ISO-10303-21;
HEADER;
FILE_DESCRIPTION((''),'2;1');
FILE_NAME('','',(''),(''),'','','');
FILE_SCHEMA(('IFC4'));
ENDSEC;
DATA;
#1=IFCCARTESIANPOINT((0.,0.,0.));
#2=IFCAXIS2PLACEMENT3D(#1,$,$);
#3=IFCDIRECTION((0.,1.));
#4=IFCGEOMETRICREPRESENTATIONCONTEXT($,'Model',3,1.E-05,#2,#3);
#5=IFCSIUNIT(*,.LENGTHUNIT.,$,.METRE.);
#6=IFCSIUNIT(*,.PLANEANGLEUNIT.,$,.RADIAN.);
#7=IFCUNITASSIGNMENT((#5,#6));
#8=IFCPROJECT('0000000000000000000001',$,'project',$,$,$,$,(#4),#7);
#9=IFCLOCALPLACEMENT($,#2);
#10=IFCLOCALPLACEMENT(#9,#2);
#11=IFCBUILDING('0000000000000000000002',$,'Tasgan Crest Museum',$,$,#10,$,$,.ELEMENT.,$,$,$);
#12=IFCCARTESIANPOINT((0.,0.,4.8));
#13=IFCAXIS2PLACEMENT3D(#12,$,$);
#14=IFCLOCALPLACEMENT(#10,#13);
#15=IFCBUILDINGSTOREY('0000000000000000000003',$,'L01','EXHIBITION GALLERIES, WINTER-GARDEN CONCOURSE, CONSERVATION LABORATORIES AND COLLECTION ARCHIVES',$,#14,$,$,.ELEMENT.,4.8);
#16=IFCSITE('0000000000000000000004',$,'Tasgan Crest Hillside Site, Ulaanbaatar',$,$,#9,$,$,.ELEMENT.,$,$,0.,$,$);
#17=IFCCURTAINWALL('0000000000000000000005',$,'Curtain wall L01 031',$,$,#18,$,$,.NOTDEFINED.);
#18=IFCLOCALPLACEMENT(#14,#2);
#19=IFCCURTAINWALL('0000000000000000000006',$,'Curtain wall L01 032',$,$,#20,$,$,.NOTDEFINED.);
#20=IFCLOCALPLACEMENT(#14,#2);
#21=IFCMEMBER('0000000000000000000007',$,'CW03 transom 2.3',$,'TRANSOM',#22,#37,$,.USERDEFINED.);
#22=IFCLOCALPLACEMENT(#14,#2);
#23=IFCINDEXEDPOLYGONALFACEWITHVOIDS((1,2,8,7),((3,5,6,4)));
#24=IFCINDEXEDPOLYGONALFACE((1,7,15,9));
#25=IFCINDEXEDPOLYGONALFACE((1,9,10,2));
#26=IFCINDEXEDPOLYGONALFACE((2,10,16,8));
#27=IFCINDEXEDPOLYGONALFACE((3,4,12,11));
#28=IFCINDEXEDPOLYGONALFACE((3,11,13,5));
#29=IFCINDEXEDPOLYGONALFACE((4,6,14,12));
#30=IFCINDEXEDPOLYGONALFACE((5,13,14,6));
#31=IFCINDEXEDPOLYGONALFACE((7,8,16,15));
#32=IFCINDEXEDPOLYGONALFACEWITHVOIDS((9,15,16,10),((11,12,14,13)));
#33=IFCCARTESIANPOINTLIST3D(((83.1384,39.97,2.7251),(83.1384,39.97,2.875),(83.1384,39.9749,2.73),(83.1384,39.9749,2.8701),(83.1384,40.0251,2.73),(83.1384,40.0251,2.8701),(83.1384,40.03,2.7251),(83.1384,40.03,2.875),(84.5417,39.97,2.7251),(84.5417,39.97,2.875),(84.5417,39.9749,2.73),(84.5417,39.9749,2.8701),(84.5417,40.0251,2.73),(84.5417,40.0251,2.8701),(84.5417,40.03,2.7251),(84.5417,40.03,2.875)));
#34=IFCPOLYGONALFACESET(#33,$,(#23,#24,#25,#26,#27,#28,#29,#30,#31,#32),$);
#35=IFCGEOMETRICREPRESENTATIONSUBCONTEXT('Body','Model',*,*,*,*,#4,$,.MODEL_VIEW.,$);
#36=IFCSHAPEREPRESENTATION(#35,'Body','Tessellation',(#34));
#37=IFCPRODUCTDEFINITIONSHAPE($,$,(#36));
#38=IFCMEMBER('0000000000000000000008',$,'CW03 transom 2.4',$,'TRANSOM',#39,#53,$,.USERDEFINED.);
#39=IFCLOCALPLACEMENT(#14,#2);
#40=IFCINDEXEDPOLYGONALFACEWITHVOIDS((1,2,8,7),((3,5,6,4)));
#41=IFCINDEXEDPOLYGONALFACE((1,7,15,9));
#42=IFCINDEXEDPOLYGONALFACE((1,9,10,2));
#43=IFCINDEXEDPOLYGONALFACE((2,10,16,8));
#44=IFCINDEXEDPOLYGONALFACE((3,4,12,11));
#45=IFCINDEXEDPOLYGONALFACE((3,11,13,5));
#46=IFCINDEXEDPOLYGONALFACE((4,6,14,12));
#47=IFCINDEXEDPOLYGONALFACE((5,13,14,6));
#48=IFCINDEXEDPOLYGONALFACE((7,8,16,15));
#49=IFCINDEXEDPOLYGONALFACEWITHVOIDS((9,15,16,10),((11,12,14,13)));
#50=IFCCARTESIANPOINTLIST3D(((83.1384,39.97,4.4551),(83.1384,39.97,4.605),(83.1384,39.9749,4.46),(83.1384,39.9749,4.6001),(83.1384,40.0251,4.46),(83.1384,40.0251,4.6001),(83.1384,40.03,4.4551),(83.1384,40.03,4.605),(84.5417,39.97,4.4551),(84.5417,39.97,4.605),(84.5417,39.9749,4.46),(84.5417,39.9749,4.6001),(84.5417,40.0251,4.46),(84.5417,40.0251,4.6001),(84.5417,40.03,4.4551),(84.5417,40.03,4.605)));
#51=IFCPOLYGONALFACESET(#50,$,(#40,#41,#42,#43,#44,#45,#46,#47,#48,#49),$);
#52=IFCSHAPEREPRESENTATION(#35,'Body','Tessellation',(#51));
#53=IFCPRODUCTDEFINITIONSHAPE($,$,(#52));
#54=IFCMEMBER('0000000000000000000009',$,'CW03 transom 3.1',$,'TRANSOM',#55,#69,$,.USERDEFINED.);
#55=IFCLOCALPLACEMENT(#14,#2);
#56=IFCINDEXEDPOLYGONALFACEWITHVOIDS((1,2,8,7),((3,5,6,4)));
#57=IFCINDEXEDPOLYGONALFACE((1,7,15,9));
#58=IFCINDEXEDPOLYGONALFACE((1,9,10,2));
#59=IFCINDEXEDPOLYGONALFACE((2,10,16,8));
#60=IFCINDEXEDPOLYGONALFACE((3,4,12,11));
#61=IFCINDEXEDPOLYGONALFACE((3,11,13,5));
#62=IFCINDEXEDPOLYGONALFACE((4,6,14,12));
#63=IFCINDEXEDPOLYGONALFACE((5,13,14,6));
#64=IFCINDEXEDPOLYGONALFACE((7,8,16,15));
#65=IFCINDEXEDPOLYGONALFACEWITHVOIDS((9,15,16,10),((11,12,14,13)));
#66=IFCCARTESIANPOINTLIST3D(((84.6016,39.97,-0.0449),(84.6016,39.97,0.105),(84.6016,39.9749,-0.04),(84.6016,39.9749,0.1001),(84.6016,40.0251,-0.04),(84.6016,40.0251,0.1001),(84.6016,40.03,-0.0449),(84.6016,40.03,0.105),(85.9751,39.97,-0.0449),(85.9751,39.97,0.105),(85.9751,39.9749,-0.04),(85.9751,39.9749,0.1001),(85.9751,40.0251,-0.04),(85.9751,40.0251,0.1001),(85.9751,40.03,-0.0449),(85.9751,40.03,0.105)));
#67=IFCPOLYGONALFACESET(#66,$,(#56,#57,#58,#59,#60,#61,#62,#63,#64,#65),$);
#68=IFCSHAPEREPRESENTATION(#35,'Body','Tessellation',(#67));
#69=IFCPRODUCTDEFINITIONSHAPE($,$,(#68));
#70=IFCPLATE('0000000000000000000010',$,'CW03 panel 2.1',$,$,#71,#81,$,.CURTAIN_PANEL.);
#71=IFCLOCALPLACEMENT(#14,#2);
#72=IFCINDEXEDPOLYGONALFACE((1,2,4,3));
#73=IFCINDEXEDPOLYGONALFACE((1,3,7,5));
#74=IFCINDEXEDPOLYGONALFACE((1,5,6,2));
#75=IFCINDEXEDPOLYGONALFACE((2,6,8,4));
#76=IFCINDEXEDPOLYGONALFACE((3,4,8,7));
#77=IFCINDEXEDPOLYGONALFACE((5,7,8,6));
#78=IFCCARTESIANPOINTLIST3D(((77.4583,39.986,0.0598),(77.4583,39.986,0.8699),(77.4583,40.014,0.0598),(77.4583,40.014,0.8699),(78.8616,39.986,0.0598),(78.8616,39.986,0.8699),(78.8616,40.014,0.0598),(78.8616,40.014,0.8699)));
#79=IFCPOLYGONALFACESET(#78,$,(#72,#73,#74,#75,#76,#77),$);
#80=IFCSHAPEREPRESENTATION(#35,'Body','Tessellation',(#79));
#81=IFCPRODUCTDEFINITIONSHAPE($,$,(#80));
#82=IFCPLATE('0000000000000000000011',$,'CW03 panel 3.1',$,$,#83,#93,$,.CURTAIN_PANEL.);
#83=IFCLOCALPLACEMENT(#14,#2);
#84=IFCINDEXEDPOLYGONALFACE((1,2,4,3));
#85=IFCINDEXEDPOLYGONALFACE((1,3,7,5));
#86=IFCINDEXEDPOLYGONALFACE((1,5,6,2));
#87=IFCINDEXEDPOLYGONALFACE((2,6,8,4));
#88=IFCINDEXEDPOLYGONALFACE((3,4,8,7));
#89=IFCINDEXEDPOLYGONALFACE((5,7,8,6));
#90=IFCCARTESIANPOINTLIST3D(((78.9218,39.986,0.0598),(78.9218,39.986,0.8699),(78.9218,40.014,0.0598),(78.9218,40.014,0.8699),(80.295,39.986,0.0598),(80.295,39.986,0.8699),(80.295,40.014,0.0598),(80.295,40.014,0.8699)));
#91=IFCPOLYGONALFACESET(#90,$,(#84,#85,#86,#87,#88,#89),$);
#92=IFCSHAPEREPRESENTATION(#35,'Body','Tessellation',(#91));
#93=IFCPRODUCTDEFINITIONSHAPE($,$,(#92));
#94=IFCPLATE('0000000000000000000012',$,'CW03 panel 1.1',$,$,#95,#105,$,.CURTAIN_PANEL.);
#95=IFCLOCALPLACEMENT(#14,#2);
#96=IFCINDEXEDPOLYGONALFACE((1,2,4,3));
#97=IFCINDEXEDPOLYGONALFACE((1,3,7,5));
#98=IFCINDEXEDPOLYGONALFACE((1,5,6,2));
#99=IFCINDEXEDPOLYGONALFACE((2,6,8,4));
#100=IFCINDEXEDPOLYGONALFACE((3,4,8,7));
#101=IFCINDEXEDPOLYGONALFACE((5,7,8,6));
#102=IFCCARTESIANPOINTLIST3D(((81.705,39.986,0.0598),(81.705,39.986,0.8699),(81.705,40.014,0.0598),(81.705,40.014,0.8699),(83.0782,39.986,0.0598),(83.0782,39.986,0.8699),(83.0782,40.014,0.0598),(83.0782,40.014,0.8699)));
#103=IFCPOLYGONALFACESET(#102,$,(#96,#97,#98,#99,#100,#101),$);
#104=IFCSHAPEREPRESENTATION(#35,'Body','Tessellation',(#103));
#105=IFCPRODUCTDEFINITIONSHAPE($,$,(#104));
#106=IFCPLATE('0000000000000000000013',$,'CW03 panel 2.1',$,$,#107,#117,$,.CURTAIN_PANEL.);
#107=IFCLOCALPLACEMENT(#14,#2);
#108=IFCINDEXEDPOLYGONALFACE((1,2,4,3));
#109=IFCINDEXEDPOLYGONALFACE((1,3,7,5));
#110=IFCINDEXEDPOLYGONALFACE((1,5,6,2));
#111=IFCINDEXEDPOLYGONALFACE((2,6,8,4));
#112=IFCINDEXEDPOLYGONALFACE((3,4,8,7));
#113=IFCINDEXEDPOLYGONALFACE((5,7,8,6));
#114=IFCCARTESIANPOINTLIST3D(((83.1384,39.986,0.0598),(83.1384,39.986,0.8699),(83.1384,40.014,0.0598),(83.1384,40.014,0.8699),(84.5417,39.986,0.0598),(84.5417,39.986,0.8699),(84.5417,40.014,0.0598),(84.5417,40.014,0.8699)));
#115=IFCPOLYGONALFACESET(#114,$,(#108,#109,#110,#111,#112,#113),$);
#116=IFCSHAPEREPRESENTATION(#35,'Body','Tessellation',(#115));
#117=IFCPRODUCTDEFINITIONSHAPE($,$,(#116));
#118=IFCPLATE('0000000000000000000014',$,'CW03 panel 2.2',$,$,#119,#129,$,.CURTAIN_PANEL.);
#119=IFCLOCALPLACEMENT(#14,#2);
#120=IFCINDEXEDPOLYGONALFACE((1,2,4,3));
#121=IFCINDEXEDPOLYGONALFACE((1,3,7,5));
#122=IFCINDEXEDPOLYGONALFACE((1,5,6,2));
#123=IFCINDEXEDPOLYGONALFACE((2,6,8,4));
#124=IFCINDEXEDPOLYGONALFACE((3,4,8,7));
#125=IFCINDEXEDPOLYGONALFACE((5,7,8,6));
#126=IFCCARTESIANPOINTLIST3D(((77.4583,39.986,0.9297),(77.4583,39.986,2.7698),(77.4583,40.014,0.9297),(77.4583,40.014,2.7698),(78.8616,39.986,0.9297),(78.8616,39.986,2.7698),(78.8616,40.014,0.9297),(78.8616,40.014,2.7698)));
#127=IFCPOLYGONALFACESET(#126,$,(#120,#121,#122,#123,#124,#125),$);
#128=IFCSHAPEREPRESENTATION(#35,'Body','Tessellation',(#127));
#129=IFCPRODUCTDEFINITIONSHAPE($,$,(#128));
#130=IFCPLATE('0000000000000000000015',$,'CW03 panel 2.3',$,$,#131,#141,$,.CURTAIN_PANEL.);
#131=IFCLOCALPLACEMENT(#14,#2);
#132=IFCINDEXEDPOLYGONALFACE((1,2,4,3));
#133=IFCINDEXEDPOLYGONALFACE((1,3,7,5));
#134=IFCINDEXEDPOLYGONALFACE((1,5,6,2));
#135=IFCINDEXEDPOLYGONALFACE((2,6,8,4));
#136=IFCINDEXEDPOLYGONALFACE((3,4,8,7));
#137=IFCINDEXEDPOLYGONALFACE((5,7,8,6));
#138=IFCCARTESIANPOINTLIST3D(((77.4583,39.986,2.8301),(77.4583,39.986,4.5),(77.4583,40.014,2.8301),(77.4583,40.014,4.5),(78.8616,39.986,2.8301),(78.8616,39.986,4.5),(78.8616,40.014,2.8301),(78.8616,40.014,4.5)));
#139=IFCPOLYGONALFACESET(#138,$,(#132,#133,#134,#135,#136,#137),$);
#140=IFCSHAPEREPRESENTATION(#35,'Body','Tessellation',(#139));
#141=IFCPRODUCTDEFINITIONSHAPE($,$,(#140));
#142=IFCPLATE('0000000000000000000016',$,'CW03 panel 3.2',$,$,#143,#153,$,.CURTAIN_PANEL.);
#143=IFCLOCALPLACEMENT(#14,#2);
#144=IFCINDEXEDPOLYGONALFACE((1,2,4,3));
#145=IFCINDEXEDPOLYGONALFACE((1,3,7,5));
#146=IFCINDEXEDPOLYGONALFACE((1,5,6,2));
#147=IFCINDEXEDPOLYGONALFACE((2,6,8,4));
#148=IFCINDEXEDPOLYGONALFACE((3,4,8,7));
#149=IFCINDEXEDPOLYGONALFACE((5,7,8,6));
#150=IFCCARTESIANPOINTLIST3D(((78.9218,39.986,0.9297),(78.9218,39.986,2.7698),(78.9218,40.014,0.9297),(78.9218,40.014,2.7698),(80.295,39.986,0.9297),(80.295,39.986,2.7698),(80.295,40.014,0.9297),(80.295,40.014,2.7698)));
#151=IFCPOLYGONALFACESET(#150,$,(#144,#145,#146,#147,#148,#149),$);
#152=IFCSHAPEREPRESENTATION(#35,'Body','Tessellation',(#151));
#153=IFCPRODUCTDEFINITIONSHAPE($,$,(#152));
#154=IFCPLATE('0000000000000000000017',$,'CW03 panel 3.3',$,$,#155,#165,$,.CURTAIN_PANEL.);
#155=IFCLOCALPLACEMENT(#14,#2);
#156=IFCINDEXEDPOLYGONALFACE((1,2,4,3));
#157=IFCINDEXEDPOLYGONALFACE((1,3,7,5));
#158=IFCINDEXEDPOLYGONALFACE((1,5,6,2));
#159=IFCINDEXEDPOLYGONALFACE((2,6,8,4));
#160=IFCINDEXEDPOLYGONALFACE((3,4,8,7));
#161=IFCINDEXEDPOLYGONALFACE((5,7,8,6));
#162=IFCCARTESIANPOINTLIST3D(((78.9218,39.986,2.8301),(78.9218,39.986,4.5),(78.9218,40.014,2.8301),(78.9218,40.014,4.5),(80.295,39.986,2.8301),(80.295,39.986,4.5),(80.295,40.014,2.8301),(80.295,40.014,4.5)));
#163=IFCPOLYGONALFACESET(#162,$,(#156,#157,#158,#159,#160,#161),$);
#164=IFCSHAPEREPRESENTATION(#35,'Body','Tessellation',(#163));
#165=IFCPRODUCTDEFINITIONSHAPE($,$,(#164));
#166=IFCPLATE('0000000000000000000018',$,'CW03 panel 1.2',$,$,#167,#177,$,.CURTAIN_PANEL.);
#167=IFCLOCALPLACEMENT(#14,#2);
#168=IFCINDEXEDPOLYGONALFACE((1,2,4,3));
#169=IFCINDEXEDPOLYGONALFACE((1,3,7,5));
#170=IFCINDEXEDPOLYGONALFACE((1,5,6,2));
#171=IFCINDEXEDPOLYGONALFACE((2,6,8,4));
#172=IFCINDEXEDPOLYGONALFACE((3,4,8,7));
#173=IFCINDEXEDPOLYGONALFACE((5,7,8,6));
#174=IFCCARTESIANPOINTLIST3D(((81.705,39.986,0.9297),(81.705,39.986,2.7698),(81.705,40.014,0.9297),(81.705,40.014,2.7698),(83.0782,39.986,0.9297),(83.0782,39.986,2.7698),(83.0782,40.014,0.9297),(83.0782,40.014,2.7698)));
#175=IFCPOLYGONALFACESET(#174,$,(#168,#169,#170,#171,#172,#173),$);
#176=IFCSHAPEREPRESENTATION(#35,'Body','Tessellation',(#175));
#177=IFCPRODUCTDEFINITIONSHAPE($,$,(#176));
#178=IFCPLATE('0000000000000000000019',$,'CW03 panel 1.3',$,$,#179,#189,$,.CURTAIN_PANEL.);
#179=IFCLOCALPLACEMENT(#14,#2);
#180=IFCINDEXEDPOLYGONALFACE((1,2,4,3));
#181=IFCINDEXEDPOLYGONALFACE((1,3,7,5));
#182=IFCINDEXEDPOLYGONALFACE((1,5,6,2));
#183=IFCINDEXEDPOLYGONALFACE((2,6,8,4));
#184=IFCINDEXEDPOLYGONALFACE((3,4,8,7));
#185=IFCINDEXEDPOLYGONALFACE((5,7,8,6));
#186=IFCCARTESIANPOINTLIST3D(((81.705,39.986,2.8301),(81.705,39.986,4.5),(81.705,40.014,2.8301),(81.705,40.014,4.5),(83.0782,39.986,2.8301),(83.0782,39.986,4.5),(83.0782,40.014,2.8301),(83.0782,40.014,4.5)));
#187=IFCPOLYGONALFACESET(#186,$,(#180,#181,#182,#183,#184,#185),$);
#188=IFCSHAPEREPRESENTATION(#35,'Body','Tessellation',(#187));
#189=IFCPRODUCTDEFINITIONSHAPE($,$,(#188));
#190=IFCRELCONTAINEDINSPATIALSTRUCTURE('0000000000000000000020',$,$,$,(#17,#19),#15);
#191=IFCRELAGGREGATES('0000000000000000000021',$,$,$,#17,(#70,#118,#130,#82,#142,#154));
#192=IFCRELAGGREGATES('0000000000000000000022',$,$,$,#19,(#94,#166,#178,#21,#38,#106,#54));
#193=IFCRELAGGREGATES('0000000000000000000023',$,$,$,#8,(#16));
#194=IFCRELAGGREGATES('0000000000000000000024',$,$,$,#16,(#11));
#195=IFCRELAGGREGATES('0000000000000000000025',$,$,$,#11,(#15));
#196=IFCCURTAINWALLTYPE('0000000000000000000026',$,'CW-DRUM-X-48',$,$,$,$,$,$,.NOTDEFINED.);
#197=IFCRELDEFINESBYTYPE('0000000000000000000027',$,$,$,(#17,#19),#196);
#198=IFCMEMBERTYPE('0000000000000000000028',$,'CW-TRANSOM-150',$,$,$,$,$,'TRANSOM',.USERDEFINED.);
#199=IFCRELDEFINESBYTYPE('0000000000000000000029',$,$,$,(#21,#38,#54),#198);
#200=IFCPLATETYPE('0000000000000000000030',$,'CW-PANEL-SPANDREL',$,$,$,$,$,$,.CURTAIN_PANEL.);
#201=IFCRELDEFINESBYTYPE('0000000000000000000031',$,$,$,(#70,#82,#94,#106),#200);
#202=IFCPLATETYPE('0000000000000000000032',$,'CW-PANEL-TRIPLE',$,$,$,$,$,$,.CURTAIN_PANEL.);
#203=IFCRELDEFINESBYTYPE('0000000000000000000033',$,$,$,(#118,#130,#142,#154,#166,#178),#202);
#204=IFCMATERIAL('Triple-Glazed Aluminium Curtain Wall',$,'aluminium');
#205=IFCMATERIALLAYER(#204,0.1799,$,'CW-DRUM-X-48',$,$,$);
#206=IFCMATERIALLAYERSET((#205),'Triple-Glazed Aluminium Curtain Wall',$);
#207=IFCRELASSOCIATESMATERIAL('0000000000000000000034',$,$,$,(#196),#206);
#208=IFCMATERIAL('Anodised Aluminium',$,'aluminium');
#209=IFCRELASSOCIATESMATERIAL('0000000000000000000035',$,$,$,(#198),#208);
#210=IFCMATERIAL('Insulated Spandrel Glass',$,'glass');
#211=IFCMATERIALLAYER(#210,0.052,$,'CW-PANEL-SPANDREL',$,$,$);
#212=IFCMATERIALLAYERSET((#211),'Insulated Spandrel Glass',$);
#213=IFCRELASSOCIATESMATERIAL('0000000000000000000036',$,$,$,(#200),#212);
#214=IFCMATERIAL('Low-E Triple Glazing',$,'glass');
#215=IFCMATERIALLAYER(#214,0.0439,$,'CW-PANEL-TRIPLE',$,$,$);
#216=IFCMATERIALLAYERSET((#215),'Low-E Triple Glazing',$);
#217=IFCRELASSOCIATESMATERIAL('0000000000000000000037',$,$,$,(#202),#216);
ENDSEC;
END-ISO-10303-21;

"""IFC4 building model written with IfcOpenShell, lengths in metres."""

from ifc_helpers import new_model, si_unit, direction, frame, origin, origin_2d, place, context, subcontext, project, spatial, rectangle, hollow_rectangle, extrude, material, layer, layer_set, material_profile, profile_set, type_object, element, aggregate, save


model = new_model("IFC4")

# Units and contexts
model_context = context("Model", 3, precision=1e-05, world=origin(), true_north=direction((0.0, 1.0)))
body_context = subcontext(model_context, "Body", "Model", "MODEL_VIEW")
ifc_project = project(units=[si_unit("LENGTHUNIT", "METRE"), si_unit("PLANEANGLEUNIT", "RADIAN")], contexts=[model_context])

# Site, building, storey
site_placement = place(None, origin())
site = spatial("IfcSite", under=ifc_project, at=site_placement, Name="Tasgan Crest Hillside Site, Ulaanbaatar", CompositionType="ELEMENT", RefElevation=0.0)
building_placement = place(site_placement, origin())
building = spatial("IfcBuilding", under=site, at=building_placement, Name="Tasgan Crest Museum", CompositionType="ELEMENT")
storey_placement = place(building_placement, frame((0.0, 0.0, 4.8)))
storey = spatial("IfcBuildingStorey", under=building, at=storey_placement, Name="L01", Description="EXHIBITION GALLERIES, WINTER-GARDEN CONCOURSE, CONSERVATION LABORATORIES AND COLLECTION ARCHIVES", CompositionType="ELEMENT", Elevation=4.8)

# Curtain walls
ifc_material_1 = material(Name="Triple-Glazed Aluminium Curtain Wall", Category="aluminium")
ifc_layer_1 = layer(ifc_material_1, 0.1799, Name="CW-DRUM-X-48")
ifc_layer_set_1 = layer_set([ifc_layer_1], Name="Triple-Glazed Aluminium Curtain Wall")
curtain_wall_type = type_object("IfcCurtainWallType", Name="CW-DRUM-X-48", PredefinedType="NOTDEFINED", material=ifc_layer_set_1)
curtain_wall_1_placement = place(storey_placement, origin())
curtain_wall_1 = element("IfcCurtainWall", 1, at=curtain_wall_1_placement, inside=storey, type_object=curtain_wall_type, Name="Curtain wall L01 031", PredefinedType="NOTDEFINED")
curtain_wall_2_placement = place(storey_placement, origin())
curtain_wall_2 = element("IfcCurtainWall", 2, at=curtain_wall_2_placement, inside=storey, type_object=curtain_wall_type, Name="Curtain wall L01 032", PredefinedType="NOTDEFINED")

# Members
ifc_material_2 = material(Name="Anodised Aluminium", Category="aluminium")
ifc_material_profile_1 = material_profile(ifc_material_2, hollow_rectangle(XDim=0.0601, YDim=0.1499, WallThickness=0.0049, at=origin_2d()), Name="ALU TRANSOM 150x60x5")
ifc_profile_set_1 = profile_set([ifc_material_profile_1], Name="Anodised Aluminium")
member_type_1 = type_object("IfcMemberType", Name="CW-TRANSOM-150", ElementType="TRANSOM", PredefinedType="USERDEFINED", material=ifc_profile_set_1)
member_1_placement = place(storey_placement, frame((83.1384, 40.0, 2.8), z_axis=(1.0, 0.0, 0.0), x_axis=(0.0, 1.0, 0.0)))
member_1 = element("IfcMember", 3, at=member_1_placement, type_object=member_type_1, Name="CW03 transom 2.3", ObjectType="TRANSOM", PredefinedType="USERDEFINED", context=body_context, shape_type="SweptSolid", body=[
    extrude(hollow_rectangle(XDim=0.0601, YDim=0.1499, WallThickness=0.0049, at=origin_2d()), origin(), (0.0, 0.0, 1.0), 1.4033),
])
member_2_placement = place(storey_placement, frame((83.1384, 40.0, 4.53), z_axis=(1.0, 0.0, 0.0), x_axis=(0.0, 1.0, 0.0)))
member_2 = element("IfcMember", 4, at=member_2_placement, type_object=member_type_1, Name="CW03 transom 2.4", ObjectType="TRANSOM", PredefinedType="USERDEFINED", context=body_context, shape_type="SweptSolid", body=[
    extrude(hollow_rectangle(XDim=0.0601, YDim=0.1499, WallThickness=0.0049, at=origin_2d()), origin(), (0.0, 0.0, 1.0), 1.4033),
])
member_3_placement = place(storey_placement, frame((84.6016, 40.0, 0.03), z_axis=(1.0, 0.0, 0.0), x_axis=(0.0, 1.0, 0.0)))
member_3 = element("IfcMember", 5, at=member_3_placement, type_object=member_type_1, Name="CW03 transom 3.1", ObjectType="TRANSOM", PredefinedType="USERDEFINED", context=body_context, shape_type="SweptSolid", body=[
    extrude(hollow_rectangle(XDim=0.0601, YDim=0.1499, WallThickness=0.0049, at=origin_2d()), origin(), (0.0, 0.0, 1.0), 1.3735),
])

# Plates
ifc_material_3 = material(Name="Insulated Spandrel Glass", Category="glass")
ifc_layer_2 = layer(ifc_material_3, 0.052, Name="CW-PANEL-SPANDREL")
ifc_layer_set_2 = layer_set([ifc_layer_2], Name="Insulated Spandrel Glass")
plate_type_1 = type_object("IfcPlateType", Name="CW-PANEL-SPANDREL", PredefinedType="CURTAIN_PANEL", material=ifc_layer_set_2)
plate_1_placement = place(storey_placement, frame((78.1599, 40.0, 0.0598), z_axis=(0.0, 0.0, 1.0), x_axis=(1.0, 0.0, 0.0)))
plate_1 = element("IfcPlate", 6, at=plate_1_placement, type_object=plate_type_1, Name="CW03 panel 2.1", PredefinedType="CURTAIN_PANEL", context=body_context, shape_type="SweptSolid", body=[
    extrude(rectangle(XDim=1.4033, YDim=0.0281, at=origin_2d()), origin(), (0.0, 0.0, 1.0), 0.8101),
])
plate_2_placement = place(storey_placement, frame((79.6084, 40.0, 0.0598), z_axis=(0.0, 0.0, 1.0), x_axis=(1.0, 0.0, 0.0)))
plate_2 = element("IfcPlate", 7, at=plate_2_placement, type_object=plate_type_1, Name="CW03 panel 3.1", PredefinedType="CURTAIN_PANEL", context=body_context, shape_type="SweptSolid", body=[
    extrude(rectangle(XDim=1.3733, YDim=0.0281, at=origin_2d()), origin(), (0.0, 0.0, 1.0), 0.8101),
])
plate_3_placement = place(storey_placement, frame((82.3916, 40.0, 0.0598), z_axis=(0.0, 0.0, 1.0), x_axis=(1.0, 0.0, 0.0)))
plate_3 = element("IfcPlate", 8, at=plate_3_placement, type_object=plate_type_1, Name="CW03 panel 1.1", PredefinedType="CURTAIN_PANEL", context=body_context, shape_type="SweptSolid", body=[
    extrude(rectangle(XDim=1.3733, YDim=0.0281, at=origin_2d()), origin(), (0.0, 0.0, 1.0), 0.8101),
])
plate_4_placement = place(storey_placement, frame((83.8401, 40.0, 0.0598), z_axis=(0.0, 0.0, 1.0), x_axis=(1.0, 0.0, 0.0)))
plate_4 = element("IfcPlate", 9, at=plate_4_placement, type_object=plate_type_1, Name="CW03 panel 2.1", PredefinedType="CURTAIN_PANEL", context=body_context, shape_type="SweptSolid", body=[
    extrude(rectangle(XDim=1.4033, YDim=0.0281, at=origin_2d()), origin(), (0.0, 0.0, 1.0), 0.8101),
])
ifc_material_4 = material(Name="Low-E Triple Glazing", Category="glass")
ifc_layer_3 = layer(ifc_material_4, 0.0439, Name="CW-PANEL-TRIPLE")
ifc_layer_set_3 = layer_set([ifc_layer_3], Name="Low-E Triple Glazing")
plate_type_2 = type_object("IfcPlateType", Name="CW-PANEL-TRIPLE", PredefinedType="CURTAIN_PANEL", material=ifc_layer_set_3)
plate_5_placement = place(storey_placement, frame((78.1599, 40.0, 0.9297), z_axis=(0.0, 0.0, 1.0), x_axis=(1.0, 0.0, 0.0)))
plate_5 = element("IfcPlate", 10, at=plate_5_placement, type_object=plate_type_2, Name="CW03 panel 2.2", PredefinedType="CURTAIN_PANEL", context=body_context, shape_type="SweptSolid", body=[
    extrude(rectangle(XDim=1.4033, YDim=0.0281, at=origin_2d()), origin(), (0.0, 0.0, 1.0), 1.8401),
])
plate_6_placement = place(storey_placement, frame((78.1599, 40.0, 2.8301), z_axis=(0.0, 0.0, 1.0), x_axis=(1.0, 0.0, 0.0)))
plate_6 = element("IfcPlate", 11, at=plate_6_placement, type_object=plate_type_2, Name="CW03 panel 2.3", PredefinedType="CURTAIN_PANEL", context=body_context, shape_type="SweptSolid", body=[
    extrude(rectangle(XDim=1.4033, YDim=0.0281, at=origin_2d()), origin(), (0.0, 0.0, 1.0), 1.6699),
])
plate_7_placement = place(storey_placement, frame((79.6084, 40.0, 0.9297), z_axis=(0.0, 0.0, 1.0), x_axis=(1.0, 0.0, 0.0)))
plate_7 = element("IfcPlate", 12, at=plate_7_placement, type_object=plate_type_2, Name="CW03 panel 3.2", PredefinedType="CURTAIN_PANEL", context=body_context, shape_type="SweptSolid", body=[
    extrude(rectangle(XDim=1.3733, YDim=0.0281, at=origin_2d()), origin(), (0.0, 0.0, 1.0), 1.8401),
])
plate_8_placement = place(storey_placement, frame((79.6084, 40.0, 2.8301), z_axis=(0.0, 0.0, 1.0), x_axis=(1.0, 0.0, 0.0)))
plate_8 = element("IfcPlate", 13, at=plate_8_placement, type_object=plate_type_2, Name="CW03 panel 3.3", PredefinedType="CURTAIN_PANEL", context=body_context, shape_type="SweptSolid", body=[
    extrude(rectangle(XDim=1.3733, YDim=0.0281, at=origin_2d()), origin(), (0.0, 0.0, 1.0), 1.6699),
])
aggregate(curtain_wall_1, [plate_1, plate_5, plate_6, plate_2, plate_7, plate_8])
plate_9_placement = place(storey_placement, frame((82.3916, 40.0, 0.9297), z_axis=(0.0, 0.0, 1.0), x_axis=(1.0, 0.0, 0.0)))
plate_9 = element("IfcPlate", 14, at=plate_9_placement, type_object=plate_type_2, Name="CW03 panel 1.2", PredefinedType="CURTAIN_PANEL", context=body_context, shape_type="SweptSolid", body=[
    extrude(rectangle(XDim=1.3733, YDim=0.0281, at=origin_2d()), origin(), (0.0, 0.0, 1.0), 1.8401),
])
plate_10_placement = place(storey_placement, frame((82.3916, 40.0, 2.8301), z_axis=(0.0, 0.0, 1.0), x_axis=(1.0, 0.0, 0.0)))
plate_10 = element("IfcPlate", 15, at=plate_10_placement, type_object=plate_type_2, Name="CW03 panel 1.3", PredefinedType="CURTAIN_PANEL", context=body_context, shape_type="SweptSolid", body=[
    extrude(rectangle(XDim=1.3733, YDim=0.0281, at=origin_2d()), origin(), (0.0, 0.0, 1.0), 1.6699),
])
aggregate(curtain_wall_2, [plate_3, plate_9, plate_10, member_1, member_2, plate_4, member_3])

save(model, "model.ifc")
